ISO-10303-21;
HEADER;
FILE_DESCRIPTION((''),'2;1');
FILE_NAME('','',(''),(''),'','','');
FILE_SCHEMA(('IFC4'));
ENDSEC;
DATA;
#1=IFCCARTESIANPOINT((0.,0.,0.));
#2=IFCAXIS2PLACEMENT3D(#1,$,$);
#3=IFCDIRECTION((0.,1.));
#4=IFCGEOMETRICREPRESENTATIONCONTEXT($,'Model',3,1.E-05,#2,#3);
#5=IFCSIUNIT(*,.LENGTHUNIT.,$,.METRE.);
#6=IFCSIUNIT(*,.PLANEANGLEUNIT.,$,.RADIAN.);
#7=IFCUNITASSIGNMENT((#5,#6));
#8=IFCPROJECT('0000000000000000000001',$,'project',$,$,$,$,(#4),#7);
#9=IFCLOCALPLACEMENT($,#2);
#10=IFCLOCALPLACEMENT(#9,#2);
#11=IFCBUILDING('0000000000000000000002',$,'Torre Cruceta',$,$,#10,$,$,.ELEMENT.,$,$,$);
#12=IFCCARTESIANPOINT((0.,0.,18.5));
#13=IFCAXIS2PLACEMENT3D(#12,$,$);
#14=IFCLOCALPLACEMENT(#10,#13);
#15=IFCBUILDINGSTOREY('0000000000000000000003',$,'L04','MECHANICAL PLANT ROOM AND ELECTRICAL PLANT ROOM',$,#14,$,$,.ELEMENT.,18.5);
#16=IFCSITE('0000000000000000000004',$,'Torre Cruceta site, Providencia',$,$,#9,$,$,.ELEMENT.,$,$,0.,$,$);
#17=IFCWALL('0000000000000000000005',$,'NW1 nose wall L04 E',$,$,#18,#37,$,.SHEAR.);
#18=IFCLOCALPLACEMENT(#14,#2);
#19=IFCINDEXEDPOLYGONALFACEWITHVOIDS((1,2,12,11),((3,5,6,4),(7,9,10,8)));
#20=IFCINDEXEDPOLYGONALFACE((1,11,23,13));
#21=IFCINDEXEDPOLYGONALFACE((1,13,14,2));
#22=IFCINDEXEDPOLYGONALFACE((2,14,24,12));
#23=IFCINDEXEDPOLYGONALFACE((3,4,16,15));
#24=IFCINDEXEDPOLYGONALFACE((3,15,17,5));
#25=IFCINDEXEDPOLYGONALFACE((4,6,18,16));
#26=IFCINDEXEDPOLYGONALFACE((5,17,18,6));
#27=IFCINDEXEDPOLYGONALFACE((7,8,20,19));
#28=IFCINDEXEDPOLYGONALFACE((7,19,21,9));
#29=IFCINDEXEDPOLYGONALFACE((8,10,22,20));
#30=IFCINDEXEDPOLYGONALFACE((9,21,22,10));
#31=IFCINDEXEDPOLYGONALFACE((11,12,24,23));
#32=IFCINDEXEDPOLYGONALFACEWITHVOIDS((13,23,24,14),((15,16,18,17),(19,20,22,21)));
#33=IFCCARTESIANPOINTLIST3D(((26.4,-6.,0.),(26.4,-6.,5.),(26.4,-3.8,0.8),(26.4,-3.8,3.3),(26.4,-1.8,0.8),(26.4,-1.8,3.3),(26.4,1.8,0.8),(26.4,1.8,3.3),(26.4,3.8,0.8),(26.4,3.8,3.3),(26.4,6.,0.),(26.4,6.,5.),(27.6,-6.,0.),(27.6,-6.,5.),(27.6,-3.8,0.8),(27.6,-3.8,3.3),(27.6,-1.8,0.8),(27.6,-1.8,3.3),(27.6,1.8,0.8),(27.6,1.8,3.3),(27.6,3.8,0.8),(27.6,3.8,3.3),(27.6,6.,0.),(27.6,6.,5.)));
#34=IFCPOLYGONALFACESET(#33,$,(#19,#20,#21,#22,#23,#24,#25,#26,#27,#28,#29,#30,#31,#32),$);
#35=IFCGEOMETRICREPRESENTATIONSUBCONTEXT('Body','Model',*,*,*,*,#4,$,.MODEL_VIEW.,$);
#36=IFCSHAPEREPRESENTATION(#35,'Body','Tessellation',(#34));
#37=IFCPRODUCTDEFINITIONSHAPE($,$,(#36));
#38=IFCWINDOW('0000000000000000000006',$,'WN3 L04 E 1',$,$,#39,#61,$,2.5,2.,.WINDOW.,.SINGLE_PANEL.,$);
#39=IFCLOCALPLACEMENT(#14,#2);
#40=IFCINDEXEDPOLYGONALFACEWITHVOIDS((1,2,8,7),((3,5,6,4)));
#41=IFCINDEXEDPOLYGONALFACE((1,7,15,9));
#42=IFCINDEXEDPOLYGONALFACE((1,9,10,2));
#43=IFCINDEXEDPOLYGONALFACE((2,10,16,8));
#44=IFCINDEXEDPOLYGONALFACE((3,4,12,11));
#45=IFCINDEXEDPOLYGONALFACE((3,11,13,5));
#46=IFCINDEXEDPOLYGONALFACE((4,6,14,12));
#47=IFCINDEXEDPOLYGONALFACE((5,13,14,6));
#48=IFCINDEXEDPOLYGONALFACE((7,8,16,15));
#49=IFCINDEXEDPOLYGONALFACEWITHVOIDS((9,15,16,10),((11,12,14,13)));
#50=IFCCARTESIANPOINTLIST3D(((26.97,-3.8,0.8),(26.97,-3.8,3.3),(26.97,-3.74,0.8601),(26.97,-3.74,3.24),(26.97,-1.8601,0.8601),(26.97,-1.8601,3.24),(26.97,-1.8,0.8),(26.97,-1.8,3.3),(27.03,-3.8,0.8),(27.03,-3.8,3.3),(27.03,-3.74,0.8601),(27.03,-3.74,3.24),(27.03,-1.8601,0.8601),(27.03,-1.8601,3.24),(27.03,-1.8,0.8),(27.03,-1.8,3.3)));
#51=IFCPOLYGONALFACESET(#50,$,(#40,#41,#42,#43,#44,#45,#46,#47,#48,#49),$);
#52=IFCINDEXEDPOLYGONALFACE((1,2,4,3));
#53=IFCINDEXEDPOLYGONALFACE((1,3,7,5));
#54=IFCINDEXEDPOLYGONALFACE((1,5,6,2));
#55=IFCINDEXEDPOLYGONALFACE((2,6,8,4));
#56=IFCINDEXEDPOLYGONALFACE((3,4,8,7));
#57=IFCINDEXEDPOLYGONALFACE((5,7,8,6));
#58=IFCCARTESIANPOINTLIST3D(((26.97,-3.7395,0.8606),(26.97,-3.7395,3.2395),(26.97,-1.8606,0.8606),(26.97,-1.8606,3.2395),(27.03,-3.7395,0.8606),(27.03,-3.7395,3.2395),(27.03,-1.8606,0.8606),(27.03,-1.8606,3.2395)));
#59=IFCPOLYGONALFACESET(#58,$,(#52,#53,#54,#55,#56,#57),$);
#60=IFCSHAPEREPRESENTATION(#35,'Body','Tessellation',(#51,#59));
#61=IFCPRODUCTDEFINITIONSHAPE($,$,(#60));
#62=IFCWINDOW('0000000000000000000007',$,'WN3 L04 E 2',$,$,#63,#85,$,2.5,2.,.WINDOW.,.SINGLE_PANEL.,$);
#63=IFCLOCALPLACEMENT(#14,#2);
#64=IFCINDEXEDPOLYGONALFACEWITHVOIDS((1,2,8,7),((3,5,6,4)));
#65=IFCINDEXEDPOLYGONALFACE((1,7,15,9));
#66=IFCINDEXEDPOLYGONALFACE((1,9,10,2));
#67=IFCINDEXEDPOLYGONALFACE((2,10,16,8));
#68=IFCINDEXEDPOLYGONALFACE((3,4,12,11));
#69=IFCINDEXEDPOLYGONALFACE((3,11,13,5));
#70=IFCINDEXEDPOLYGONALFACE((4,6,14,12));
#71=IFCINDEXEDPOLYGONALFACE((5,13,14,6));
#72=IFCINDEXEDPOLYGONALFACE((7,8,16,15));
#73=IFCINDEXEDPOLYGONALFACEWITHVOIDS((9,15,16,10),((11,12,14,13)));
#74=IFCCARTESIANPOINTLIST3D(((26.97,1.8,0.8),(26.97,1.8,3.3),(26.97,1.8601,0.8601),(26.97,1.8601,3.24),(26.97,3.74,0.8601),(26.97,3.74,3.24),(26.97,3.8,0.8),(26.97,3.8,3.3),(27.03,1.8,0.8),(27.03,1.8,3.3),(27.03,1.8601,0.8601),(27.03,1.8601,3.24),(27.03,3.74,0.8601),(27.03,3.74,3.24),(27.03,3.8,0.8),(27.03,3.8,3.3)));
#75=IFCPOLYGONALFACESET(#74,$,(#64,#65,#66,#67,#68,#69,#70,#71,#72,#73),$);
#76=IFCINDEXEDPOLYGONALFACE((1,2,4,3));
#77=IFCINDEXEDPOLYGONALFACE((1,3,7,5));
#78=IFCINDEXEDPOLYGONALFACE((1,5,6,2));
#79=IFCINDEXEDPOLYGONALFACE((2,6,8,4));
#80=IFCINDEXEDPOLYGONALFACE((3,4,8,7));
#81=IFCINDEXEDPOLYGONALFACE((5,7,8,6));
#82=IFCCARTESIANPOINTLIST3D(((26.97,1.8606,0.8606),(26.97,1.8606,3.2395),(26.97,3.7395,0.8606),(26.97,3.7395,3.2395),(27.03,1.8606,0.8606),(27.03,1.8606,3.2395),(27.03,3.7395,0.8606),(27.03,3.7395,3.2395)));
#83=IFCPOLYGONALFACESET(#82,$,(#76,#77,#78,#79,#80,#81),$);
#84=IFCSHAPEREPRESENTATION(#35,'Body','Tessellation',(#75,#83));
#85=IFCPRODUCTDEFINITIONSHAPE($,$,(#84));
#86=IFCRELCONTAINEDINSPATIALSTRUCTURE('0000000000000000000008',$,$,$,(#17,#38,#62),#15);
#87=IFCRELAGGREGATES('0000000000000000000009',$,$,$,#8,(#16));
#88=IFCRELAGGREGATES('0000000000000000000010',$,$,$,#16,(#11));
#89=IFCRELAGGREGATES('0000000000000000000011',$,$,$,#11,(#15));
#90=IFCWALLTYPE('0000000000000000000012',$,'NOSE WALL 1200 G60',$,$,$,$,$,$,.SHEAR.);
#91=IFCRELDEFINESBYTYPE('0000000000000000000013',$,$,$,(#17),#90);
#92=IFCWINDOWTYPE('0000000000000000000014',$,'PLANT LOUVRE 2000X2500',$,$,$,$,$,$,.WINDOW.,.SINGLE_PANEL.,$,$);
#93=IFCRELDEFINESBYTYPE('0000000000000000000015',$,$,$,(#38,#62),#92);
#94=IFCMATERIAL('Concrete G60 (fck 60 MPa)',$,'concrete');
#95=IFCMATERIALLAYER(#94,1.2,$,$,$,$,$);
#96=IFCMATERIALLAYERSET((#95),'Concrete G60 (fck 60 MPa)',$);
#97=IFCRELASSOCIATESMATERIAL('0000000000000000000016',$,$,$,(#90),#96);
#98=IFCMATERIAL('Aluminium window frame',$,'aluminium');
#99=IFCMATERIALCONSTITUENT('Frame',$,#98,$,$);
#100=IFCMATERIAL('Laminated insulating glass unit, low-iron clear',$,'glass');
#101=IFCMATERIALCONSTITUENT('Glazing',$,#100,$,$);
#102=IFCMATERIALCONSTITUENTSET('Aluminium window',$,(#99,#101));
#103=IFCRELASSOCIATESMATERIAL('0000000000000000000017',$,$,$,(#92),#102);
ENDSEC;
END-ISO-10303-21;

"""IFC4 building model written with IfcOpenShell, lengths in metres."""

from ifc_helpers import new_model, si_unit, direction, frame, frame_2d, origin, place, context, subcontext, project, spatial, rectangle, hollow_rectangle, extrude, material, layer, layer_set, constituent, constituent_set, type_object, element, fill, save


model = new_model("IFC4")

# Units and contexts
model_context = context("Model", 3, precision=1e-05, world=origin(), true_north=direction((0.0, 1.0)))
body_context = subcontext(model_context, "Body", "Model", "MODEL_VIEW")
ifc_project = project(units=[si_unit("LENGTHUNIT", "METRE"), si_unit("PLANEANGLEUNIT", "RADIAN")], contexts=[model_context])

# Site, building, storey
site_placement = place(None, origin())
site = spatial("IfcSite", under=ifc_project, at=site_placement, Name="Torre Cruceta site, Providencia", CompositionType="ELEMENT", RefElevation=0.0)
building_placement = place(site_placement, origin())
building = spatial("IfcBuilding", under=site, at=building_placement, Name="Torre Cruceta", CompositionType="ELEMENT")
storey_placement = place(building_placement, frame((0.0, 0.0, 18.5)))
storey = spatial("IfcBuildingStorey", under=building, at=storey_placement, Name="L04", Description="MECHANICAL PLANT ROOM AND ELECTRICAL PLANT ROOM", CompositionType="ELEMENT", Elevation=18.5)

# Wall, openings, windows
ifc_material_1 = material(Name="Concrete G60 (fck 60 MPa)", Category="concrete")
ifc_layer = layer(ifc_material_1, 1.2)
ifc_layer_set = layer_set([ifc_layer], Name="Concrete G60 (fck 60 MPa)")
wall_type = type_object("IfcWallType", Name="NOSE WALL 1200 G60", PredefinedType="SHEAR", material=ifc_layer_set)
wall_placement = place(storey_placement, frame((27.0, -6.0, 0.0), z_axis=(0.0, 0.0, 1.0), x_axis=(0.0, 1.0, 0.0)))
wall = element("IfcWall", 1, at=wall_placement, inside=storey, type_object=wall_type, Name="NW1 nose wall L04 E", PredefinedType="SHEAR", context=body_context, shape_type="SweptSolid", body=[
    extrude(rectangle(XDim=12.0, YDim=1.2, at=frame_2d((6.0, 0.0))), origin(), (0.0, 0.0, 1.0), 5.0),
])
opening_1_placement = place(wall_placement, frame((2.2, 0.0, 0.8)))
opening_1 = element("IfcOpeningElement", 2, at=opening_1_placement, cuts=wall, PredefinedType="OPENING", context=body_context, shape_type="SweptSolid", body=[
    extrude(rectangle(XDim=2.0, YDim=2.5, at=frame_2d((1.0, 1.25))), frame((0.0, 0.6099, 0.0), z_axis=(0.0, -1.0, 0.0), x_axis=(1.0, 0.0, 0.0)), (0.0, 0.0, 1.0), 1.22),
])
opening_2_placement = place(wall_placement, frame((7.8, 0.0, 0.8)))
opening_2 = element("IfcOpeningElement", 3, at=opening_2_placement, cuts=wall, PredefinedType="OPENING", context=body_context, shape_type="SweptSolid", body=[
    extrude(rectangle(XDim=2.0, YDim=2.5, at=frame_2d((1.0, 1.25))), frame((0.0, 0.6099, 0.0), z_axis=(0.0, -1.0, 0.0), x_axis=(1.0, 0.0, 0.0)), (0.0, 0.0, 1.0), 1.22),
])
ifc_material_2 = material(Name="Aluminium window frame", Category="aluminium")
ifc_constituent_1 = constituent(ifc_material_2, Name="Frame")
ifc_material_3 = material(Name="Laminated insulating glass unit, low-iron clear", Category="glass")
ifc_constituent_2 = constituent(ifc_material_3, Name="Glazing")
ifc_constituent_set = constituent_set(constituents=[ifc_constituent_1, ifc_constituent_2], Name="Aluminium window")
window_type = type_object("IfcWindowType", Name="PLANT LOUVRE 2000X2500", PartitioningType="SINGLE_PANEL", PredefinedType="WINDOW", material=ifc_constituent_set)
window_1_placement = place(opening_1_placement, origin())
window_1 = element("IfcWindow", 4, at=window_1_placement, inside=storey, type_object=window_type, Name="WN3 L04 E 1", OverallHeight=2.5, OverallWidth=2.0, PartitioningType="SINGLE_PANEL", PredefinedType="WINDOW", context=body_context, shape_type="SweptSolid", body=[
    extrude(hollow_rectangle(XDim=2.0, YDim=2.5, WallThickness=0.0601, at=frame_2d((1.0, 1.25))), frame((0.0, 0.03, 0.0), z_axis=(0.0, -1.0, 0.0), x_axis=(1.0, 0.0, 0.0)), (0.0, 0.0, 1.0), 0.0601),
    extrude(rectangle(XDim=1.8789, YDim=2.3789, at=frame_2d((1.0, 1.25))), frame((0.0, 0.03, 0.0), z_axis=(0.0, -1.0, 0.0), x_axis=(1.0, 0.0, 0.0)), (0.0, 0.0, 1.0), 0.0601),
])
fill(opening_1, window_1)
window_2_placement = place(opening_2_placement, origin())
window_2 = element("IfcWindow", 5, at=window_2_placement, inside=storey, type_object=window_type, Name="WN3 L04 E 2", OverallHeight=2.5, OverallWidth=2.0, PartitioningType="SINGLE_PANEL", PredefinedType="WINDOW", context=body_context, shape_type="SweptSolid", body=[
    extrude(hollow_rectangle(XDim=2.0, YDim=2.5, WallThickness=0.0601, at=frame_2d((1.0, 1.25))), frame((0.0, 0.03, 0.0), z_axis=(0.0, -1.0, 0.0), x_axis=(1.0, 0.0, 0.0)), (0.0, 0.0, 1.0), 0.0601),
    extrude(rectangle(XDim=1.8789, YDim=2.3789, at=frame_2d((1.0, 1.25))), frame((0.0, 0.03, 0.0), z_axis=(0.0, -1.0, 0.0), x_axis=(1.0, 0.0, 0.0)), (0.0, 0.0, 1.0), 0.0601),
])
fill(opening_2, window_2)

save(model, "model.ifc")
